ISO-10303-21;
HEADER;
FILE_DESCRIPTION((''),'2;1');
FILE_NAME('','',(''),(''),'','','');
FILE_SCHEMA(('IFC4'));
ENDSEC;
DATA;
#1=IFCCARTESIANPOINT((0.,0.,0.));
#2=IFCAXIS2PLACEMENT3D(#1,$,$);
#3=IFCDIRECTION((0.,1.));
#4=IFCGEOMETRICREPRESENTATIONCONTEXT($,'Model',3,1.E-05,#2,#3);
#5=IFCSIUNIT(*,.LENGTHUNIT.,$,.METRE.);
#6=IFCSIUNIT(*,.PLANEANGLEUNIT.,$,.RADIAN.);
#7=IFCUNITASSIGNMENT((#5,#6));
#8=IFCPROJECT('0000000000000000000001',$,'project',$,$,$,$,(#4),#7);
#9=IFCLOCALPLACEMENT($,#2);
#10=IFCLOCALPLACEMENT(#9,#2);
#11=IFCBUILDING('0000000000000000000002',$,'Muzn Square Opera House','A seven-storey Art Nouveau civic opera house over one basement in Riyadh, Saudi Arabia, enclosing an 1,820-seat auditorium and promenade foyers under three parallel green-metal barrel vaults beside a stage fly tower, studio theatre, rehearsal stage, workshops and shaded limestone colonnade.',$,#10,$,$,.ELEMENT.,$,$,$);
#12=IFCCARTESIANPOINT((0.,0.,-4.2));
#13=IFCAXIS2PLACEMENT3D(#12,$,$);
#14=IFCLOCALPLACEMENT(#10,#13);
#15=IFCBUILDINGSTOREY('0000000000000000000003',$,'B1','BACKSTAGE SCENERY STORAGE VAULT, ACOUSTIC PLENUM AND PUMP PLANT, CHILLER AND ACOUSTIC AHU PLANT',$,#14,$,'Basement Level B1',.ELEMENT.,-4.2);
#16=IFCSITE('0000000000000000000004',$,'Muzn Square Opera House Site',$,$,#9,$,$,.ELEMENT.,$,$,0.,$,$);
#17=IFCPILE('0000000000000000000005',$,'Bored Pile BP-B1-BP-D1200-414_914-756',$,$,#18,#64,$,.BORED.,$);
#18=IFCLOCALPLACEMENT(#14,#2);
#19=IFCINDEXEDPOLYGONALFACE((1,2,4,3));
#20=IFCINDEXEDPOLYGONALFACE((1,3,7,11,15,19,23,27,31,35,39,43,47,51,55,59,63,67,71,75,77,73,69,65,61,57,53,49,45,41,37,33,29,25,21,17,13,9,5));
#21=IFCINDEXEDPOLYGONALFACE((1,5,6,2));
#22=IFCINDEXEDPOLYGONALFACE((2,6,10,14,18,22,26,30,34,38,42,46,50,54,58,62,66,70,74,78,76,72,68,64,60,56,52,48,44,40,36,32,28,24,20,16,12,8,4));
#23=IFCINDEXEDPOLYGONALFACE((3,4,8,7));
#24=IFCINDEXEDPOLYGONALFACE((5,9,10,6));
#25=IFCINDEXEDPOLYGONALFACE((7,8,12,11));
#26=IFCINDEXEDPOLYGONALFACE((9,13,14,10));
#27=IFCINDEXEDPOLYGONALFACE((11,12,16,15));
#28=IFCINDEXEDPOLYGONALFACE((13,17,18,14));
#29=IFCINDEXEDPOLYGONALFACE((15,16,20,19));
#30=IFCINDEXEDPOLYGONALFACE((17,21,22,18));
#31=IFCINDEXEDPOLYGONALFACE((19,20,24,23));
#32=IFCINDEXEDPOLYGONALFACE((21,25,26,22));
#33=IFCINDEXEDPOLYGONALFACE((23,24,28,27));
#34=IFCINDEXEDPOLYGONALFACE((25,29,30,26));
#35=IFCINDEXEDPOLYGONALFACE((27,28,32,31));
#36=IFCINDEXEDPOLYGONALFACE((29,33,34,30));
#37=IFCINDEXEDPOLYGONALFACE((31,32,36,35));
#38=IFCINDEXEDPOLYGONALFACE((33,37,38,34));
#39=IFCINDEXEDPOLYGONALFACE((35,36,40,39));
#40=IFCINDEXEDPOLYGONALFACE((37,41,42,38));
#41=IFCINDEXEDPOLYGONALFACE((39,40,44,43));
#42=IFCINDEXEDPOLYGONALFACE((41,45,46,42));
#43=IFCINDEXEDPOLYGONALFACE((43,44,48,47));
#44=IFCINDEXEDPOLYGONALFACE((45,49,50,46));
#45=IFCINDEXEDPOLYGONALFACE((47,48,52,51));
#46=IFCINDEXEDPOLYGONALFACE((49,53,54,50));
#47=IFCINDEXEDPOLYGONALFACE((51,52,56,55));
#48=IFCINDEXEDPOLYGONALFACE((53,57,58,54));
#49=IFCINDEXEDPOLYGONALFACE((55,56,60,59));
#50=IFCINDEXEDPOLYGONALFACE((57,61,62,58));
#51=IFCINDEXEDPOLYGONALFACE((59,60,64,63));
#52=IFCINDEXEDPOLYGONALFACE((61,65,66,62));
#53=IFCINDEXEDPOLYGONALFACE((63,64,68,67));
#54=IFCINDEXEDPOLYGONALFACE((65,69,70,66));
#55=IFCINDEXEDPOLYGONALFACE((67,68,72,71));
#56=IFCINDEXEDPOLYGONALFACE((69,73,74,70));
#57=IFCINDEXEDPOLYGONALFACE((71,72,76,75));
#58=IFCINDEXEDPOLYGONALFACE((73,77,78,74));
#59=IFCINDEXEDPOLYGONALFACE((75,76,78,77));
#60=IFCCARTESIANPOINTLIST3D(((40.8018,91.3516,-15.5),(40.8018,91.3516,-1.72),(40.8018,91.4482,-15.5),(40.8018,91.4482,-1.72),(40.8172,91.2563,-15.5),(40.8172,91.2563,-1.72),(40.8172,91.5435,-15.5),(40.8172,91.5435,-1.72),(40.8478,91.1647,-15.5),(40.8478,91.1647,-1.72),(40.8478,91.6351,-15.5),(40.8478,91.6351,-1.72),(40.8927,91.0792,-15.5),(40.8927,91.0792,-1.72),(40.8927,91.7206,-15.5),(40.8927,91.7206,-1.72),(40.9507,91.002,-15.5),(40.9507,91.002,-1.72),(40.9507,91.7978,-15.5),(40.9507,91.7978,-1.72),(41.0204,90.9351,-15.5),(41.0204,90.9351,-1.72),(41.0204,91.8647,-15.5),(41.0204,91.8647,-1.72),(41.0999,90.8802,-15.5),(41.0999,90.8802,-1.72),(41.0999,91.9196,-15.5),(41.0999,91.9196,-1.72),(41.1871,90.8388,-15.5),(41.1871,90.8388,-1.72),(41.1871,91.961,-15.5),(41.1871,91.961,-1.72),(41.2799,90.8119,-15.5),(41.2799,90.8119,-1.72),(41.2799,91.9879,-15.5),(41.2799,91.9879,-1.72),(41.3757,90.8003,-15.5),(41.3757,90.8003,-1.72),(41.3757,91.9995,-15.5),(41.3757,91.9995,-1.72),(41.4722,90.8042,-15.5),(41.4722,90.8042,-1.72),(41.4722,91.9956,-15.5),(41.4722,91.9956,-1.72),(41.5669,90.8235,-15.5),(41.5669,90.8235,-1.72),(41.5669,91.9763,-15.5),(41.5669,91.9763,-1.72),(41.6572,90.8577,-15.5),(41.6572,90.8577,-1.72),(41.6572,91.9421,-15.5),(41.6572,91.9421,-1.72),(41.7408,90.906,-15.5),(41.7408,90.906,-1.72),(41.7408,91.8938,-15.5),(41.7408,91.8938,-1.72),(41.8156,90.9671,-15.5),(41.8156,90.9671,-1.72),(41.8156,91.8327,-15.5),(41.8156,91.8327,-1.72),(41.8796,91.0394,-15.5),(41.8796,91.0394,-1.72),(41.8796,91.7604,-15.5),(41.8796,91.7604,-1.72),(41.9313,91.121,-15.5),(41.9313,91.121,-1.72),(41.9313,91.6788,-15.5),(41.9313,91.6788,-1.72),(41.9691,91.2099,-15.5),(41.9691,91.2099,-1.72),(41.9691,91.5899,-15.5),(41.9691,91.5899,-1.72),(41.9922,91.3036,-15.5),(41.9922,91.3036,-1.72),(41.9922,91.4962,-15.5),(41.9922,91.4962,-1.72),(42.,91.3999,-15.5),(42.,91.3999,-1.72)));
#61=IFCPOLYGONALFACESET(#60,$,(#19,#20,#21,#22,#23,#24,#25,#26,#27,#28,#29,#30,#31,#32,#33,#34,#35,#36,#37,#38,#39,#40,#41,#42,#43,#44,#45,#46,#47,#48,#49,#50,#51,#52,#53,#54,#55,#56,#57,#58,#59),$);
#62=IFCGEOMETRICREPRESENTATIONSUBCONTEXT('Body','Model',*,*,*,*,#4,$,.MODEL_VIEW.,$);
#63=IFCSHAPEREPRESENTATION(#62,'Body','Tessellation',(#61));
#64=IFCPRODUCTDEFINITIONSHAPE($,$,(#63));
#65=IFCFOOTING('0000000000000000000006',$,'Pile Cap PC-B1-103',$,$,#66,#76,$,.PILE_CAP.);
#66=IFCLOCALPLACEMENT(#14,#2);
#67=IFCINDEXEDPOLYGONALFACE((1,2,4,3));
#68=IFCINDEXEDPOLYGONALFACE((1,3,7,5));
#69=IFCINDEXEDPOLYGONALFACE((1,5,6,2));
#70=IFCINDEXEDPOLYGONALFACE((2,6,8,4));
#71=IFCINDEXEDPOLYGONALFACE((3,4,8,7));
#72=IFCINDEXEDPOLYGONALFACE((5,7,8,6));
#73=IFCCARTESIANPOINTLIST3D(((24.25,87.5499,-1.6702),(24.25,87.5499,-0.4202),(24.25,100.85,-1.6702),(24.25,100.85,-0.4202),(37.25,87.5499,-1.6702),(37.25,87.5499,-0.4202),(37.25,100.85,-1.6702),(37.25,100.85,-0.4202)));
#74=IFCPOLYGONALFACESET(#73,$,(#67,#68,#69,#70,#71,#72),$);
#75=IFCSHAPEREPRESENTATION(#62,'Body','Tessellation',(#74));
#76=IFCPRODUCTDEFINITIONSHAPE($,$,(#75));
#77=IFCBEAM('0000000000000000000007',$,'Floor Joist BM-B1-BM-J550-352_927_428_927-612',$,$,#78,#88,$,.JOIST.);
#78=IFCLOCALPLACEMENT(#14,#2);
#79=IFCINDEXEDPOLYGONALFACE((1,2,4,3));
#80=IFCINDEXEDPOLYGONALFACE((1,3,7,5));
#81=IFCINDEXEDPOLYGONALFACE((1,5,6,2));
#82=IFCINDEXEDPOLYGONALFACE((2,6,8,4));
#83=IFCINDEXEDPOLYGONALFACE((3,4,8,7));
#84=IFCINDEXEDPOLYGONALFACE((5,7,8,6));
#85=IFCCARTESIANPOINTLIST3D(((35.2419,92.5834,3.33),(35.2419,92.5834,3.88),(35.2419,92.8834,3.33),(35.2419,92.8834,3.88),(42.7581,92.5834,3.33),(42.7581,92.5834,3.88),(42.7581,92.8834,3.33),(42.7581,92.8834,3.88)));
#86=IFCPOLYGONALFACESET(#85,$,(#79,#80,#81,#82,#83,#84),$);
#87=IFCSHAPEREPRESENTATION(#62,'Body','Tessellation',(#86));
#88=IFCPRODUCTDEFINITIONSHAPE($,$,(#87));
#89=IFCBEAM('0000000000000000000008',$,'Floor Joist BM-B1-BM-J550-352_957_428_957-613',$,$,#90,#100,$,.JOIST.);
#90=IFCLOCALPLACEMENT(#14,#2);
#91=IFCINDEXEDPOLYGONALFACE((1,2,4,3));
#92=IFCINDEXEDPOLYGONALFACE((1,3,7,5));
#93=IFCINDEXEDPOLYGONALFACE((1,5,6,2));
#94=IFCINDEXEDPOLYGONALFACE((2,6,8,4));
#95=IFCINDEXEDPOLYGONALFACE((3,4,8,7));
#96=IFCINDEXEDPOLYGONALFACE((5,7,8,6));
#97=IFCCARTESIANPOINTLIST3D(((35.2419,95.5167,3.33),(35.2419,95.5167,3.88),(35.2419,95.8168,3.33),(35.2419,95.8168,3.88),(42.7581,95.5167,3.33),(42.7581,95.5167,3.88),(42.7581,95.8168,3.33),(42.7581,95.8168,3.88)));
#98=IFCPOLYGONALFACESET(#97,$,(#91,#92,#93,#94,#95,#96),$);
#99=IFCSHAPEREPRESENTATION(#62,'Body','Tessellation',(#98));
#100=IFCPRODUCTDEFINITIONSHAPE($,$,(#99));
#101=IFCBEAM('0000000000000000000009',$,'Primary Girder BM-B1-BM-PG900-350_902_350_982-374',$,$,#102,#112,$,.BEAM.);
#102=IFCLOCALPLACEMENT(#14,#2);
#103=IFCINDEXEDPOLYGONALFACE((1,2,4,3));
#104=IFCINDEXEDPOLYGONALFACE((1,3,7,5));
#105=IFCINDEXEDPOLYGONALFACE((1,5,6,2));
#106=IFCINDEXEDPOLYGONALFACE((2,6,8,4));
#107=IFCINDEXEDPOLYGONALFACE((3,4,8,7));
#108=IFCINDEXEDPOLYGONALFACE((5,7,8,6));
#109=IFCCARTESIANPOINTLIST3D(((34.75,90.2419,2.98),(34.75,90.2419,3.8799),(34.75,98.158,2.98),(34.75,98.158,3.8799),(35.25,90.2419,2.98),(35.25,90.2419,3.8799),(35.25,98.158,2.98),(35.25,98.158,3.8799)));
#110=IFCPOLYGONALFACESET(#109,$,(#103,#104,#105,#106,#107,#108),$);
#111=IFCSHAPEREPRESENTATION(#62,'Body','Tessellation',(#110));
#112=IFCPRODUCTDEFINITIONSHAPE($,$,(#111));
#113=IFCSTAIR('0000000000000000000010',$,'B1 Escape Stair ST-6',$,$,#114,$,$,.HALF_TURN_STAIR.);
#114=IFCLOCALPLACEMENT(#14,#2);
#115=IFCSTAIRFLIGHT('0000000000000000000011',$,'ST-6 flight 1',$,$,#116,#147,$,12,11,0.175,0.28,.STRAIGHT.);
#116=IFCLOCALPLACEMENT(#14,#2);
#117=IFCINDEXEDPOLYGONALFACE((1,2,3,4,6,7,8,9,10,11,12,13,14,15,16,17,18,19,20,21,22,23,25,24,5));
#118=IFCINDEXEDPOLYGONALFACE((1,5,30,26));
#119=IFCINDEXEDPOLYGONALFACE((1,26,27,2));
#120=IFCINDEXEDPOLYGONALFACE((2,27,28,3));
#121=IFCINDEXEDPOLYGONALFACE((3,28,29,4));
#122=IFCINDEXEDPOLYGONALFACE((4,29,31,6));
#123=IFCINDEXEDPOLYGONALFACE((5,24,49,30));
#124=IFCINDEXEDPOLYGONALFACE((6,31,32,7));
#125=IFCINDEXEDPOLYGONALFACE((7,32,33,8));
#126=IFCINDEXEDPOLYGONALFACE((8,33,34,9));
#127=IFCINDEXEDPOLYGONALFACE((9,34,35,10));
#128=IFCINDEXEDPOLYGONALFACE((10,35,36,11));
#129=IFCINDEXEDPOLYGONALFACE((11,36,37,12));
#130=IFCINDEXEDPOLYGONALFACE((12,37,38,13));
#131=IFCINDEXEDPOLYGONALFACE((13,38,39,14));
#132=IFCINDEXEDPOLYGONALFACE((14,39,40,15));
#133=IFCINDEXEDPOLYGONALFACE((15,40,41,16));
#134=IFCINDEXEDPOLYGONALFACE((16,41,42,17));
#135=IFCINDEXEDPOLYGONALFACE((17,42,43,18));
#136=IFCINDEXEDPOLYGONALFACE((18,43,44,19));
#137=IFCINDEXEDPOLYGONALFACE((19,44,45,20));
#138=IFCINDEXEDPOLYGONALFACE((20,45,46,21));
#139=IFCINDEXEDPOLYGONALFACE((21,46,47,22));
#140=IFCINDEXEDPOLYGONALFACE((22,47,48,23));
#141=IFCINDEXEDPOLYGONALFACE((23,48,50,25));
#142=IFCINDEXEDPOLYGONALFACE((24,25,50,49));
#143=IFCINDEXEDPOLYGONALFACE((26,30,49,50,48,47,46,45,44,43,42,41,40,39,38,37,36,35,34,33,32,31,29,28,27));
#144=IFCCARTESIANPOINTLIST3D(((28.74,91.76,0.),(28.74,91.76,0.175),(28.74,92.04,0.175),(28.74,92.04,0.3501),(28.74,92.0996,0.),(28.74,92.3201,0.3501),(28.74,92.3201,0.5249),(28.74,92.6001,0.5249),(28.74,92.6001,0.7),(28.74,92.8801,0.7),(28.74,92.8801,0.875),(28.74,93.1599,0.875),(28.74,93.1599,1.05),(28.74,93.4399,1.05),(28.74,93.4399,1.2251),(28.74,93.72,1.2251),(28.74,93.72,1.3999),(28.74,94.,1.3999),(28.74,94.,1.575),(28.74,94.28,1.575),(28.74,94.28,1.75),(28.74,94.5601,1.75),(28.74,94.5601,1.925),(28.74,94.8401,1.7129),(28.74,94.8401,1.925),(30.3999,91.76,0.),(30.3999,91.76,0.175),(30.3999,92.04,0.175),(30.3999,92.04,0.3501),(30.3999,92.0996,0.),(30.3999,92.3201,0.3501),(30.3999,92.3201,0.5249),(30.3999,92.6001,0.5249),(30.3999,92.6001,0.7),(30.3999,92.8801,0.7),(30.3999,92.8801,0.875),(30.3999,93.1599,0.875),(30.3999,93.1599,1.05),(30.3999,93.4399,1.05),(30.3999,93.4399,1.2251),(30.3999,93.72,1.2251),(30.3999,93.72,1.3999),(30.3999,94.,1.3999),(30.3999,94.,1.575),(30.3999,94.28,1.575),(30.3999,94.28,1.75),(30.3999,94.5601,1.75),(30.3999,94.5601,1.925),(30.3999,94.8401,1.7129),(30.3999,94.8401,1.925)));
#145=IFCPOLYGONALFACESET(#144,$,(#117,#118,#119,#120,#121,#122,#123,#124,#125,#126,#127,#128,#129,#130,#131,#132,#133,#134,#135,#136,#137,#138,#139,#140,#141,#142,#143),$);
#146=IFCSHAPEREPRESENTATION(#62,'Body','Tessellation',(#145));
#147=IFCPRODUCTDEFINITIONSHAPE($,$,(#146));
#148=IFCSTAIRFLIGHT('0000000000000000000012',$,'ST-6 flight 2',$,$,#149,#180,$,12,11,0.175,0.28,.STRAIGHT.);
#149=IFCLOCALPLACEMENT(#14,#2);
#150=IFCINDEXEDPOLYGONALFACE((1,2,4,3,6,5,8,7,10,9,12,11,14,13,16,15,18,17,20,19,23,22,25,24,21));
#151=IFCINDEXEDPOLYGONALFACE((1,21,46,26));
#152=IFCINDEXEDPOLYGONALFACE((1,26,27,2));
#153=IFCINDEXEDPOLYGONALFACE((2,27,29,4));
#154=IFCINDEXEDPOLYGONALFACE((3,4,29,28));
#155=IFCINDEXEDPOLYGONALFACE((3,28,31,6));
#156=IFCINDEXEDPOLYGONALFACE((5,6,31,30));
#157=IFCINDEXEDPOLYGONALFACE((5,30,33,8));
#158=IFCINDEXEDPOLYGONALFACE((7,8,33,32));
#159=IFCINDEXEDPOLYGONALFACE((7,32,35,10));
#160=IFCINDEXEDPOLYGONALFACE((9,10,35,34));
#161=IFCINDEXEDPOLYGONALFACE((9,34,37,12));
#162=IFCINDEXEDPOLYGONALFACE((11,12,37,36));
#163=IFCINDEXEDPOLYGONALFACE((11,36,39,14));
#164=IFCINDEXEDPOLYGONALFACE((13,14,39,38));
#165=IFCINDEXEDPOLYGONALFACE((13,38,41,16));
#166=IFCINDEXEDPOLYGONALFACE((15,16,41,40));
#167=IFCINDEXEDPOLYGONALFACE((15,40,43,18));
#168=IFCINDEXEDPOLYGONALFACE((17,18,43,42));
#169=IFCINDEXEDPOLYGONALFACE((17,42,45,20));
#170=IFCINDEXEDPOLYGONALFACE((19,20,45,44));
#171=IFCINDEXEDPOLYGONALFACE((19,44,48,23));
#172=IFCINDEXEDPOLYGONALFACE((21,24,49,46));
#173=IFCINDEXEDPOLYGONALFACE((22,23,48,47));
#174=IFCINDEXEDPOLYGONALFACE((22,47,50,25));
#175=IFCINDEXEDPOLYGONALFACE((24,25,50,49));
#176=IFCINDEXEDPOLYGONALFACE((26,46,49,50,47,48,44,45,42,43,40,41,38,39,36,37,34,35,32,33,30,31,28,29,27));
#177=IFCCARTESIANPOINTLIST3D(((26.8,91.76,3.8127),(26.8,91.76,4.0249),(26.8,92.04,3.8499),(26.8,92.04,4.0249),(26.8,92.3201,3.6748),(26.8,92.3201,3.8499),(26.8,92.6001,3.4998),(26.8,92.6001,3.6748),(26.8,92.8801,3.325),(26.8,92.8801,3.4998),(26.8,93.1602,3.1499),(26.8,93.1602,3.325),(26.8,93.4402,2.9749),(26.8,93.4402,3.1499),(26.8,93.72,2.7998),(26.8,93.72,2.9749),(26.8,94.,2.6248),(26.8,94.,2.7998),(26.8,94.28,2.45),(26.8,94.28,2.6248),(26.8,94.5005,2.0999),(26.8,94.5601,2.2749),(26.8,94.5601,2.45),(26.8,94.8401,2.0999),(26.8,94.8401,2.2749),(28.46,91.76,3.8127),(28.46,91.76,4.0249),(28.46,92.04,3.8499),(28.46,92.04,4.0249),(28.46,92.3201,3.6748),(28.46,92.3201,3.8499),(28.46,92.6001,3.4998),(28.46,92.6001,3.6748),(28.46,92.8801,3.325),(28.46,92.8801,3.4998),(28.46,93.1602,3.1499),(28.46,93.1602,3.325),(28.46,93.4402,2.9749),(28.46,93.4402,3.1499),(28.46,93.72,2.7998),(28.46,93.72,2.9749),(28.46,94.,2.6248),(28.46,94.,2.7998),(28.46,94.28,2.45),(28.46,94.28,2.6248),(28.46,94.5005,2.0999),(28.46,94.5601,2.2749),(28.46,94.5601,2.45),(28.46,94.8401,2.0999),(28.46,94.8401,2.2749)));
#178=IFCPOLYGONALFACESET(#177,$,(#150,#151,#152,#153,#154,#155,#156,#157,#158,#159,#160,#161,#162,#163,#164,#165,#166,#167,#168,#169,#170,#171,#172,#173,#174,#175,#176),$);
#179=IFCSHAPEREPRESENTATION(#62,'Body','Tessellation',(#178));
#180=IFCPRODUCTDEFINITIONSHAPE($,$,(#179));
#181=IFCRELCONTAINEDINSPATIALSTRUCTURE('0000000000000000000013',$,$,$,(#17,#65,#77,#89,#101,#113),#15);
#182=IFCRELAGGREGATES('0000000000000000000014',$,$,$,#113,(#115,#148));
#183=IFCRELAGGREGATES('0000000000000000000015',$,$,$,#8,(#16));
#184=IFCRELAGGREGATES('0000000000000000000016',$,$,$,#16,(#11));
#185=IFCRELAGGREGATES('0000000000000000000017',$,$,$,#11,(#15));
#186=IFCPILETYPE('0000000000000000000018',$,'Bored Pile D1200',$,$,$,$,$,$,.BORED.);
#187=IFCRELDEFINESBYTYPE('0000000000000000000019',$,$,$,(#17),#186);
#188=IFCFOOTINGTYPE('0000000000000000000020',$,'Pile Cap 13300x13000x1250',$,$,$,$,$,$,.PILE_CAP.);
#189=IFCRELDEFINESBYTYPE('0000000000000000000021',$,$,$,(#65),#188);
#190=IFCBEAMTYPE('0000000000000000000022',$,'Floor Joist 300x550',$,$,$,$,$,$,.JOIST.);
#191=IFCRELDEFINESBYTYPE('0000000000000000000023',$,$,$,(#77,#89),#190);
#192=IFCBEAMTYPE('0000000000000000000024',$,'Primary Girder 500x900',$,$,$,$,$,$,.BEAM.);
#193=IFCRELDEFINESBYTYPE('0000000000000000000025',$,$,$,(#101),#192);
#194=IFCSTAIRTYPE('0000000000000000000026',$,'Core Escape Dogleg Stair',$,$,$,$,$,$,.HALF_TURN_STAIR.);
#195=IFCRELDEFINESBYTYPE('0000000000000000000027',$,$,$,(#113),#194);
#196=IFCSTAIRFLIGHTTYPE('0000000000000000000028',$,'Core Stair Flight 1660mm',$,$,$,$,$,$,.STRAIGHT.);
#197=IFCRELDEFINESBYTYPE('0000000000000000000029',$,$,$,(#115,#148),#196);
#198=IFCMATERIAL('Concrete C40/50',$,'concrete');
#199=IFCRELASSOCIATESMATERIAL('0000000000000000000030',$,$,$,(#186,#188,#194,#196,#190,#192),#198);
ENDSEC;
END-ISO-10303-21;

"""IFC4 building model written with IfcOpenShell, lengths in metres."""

from ifc_helpers import new_model, si_unit, direction, frame, origin, origin_2d, place, context, subcontext, project, spatial, polyline, rectangle, circle, outline, extrude, material, material_profile, profile_set, type_object, element, aggregate, save


model = new_model("IFC4")

# Units and contexts
model_context = context("Model", 3, precision=1e-05, world=origin(), true_north=direction((0.0, 1.0)))
body_context = subcontext(model_context, "Body", "Model", "MODEL_VIEW")
ifc_project = project(units=[si_unit("LENGTHUNIT", "METRE"), si_unit("PLANEANGLEUNIT", "RADIAN")], contexts=[model_context])

# Site, building, storey
site_placement = place(None, origin())
site = spatial("IfcSite", under=ifc_project, at=site_placement, Name="Muzn Square Opera House Site", CompositionType="ELEMENT", RefElevation=0.0)
building_placement = place(site_placement, origin())
building = spatial("IfcBuilding", under=site, at=building_placement, Name="Muzn Square Opera House", Description="A seven-storey Art Nouveau civic opera house over one basement in Riyadh, Saudi Arabia, enclosing an 1,820-seat auditorium and promenade foyers under three parallel green-metal barrel vaults beside a stage fly tower, studio theatre, rehearsal stage, workshops and shaded limestone colonnade.", CompositionType="ELEMENT")
storey_placement = place(building_placement, frame((0.0, 0.0, -4.2)))
storey = spatial("IfcBuildingStorey", under=building, at=storey_placement, Name="B1", Description="BACKSTAGE SCENERY STORAGE VAULT, ACOUSTIC PLENUM AND PUMP PLANT, CHILLER AND ACOUSTIC AHU PLANT", LongName="Basement Level B1", CompositionType="ELEMENT", Elevation=-4.2)

# Pile
ifc_material_1 = material(Name="Concrete C40/50", Category="concrete")
ifc_material_profile_1 = material_profile(ifc_material_1, circle(Radius=0.6001, at=origin_2d()), Name="BORED PILE D1200", Category="concrete")
ifc_profile_set_1 = profile_set([ifc_material_profile_1], Name="Concrete C40/50")
pile_type_1 = type_object("IfcPileType", Name="Bored Pile D1200", PredefinedType="BORED", material=ifc_profile_set_1)
pile_placement = place(storey_placement, frame((41.3999, 91.3999, -1.72), z_axis=(0.0, 0.0, -1.0), x_axis=(1.0, 0.0, 0.0)))
element("IfcPile", 1, at=pile_placement, inside=storey, type_object=pile_type_1, Name="Bored Pile BP-B1-BP-D1200-414_914-756", PredefinedType="BORED", context=body_context, shape_type="SweptSolid", body=[
    extrude(circle(Radius=0.6001, at=origin_2d()), origin(), (0.0, 0.0, 1.0), 13.78),
])

# Footing
footing_type = type_object("IfcFootingType", Name="Pile Cap 13300x13000x1250", PredefinedType="PILE_CAP", material=ifc_material_1)
footing_placement = place(storey_placement, frame((30.75, 94.2, -1.6702), z_axis=(0.0, 0.0, 1.0), x_axis=(1.0, 0.0, 0.0)))
element("IfcFooting", 2, at=footing_placement, inside=storey, type_object=footing_type, Name="Pile Cap PC-B1-103", PredefinedType="PILE_CAP", context=body_context, shape_type="SweptSolid", body=[
    extrude(rectangle(XDim=13.0, YDim=13.3, at=origin_2d()), origin(), (0.0, 0.0, 1.0), 1.25),
])

# Beams
ifc_material_profile_2 = material_profile(ifc_material_1, rectangle(XDim=0.3, YDim=0.55, at=origin_2d()), Name="RCJ 300x550", Category="concrete")
ifc_profile_set_2 = profile_set([ifc_material_profile_2], Name="Concrete C40/50")
beam_type_1 = type_object("IfcBeamType", Name="Floor Joist 300x550", PredefinedType="JOIST", material=ifc_profile_set_2)
for number, where, z_axis, x_axis, name in (
    (3, (35.2419, 92.7334, 3.605), (1.0, 0.0, 0.0), (0.0, 1.0, 0.0), "Floor Joist BM-B1-BM-J550-352_927_428_927-612"),
    (4, (35.2419, 95.6667, 3.605), (1.0, 0.0, 0.0), (0.0, 1.0, 0.0), "Floor Joist BM-B1-BM-J550-352_957_428_957-613"),
):
    element("IfcBeam", number, at=place(storey_placement, frame(where, z_axis=z_axis, x_axis=x_axis)), inside=storey, type_object=beam_type_1, Name=name, PredefinedType="JOIST", context=body_context, shape_type="SweptSolid", body=[
        extrude(rectangle(XDim=0.3, YDim=0.55, at=origin_2d()), origin(), (0.0, 0.0, 1.0), 7.5161),
    ])
ifc_material_profile_3 = material_profile(ifc_material_1, rectangle(XDim=0.5, YDim=0.8999, at=origin_2d()), Name="RCB 500x900", Category="concrete")
ifc_profile_set_3 = profile_set([ifc_material_profile_3], Name="Concrete C40/50")
beam_type_2 = type_object("IfcBeamType", Name="Primary Girder 500x900", PredefinedType="BEAM", material=ifc_profile_set_3)
beam_placement = place(storey_placement, frame((35.0, 90.2419, 3.4299), z_axis=(0.0, 1.0, 0.0), x_axis=(-1.0, 0.0, 0.0)))
element("IfcBeam", 5, at=beam_placement, inside=storey, type_object=beam_type_2, Name="Primary Girder BM-B1-BM-PG900-350_902_350_982-374", PredefinedType="BEAM", context=body_context, shape_type="SweptSolid", body=[
    extrude(rectangle(XDim=0.5, YDim=0.8999, at=origin_2d()), origin(), (0.0, 0.0, 1.0), 7.916),
])

# Stair, stair flights
stair_type = type_object("IfcStairType", Name="Core Escape Dogleg Stair", PredefinedType="HALF_TURN_STAIR", material=ifc_material_1)
stair_placement = place(storey_placement, origin())
stair = element("IfcStair", 6, at=stair_placement, inside=storey, type_object=stair_type, Name="B1 Escape Stair ST-6", PredefinedType="HALF_TURN_STAIR")
stair_flight_type = type_object("IfcStairFlightType", Name="Core Stair Flight 1660mm", PredefinedType="STRAIGHT", material=ifc_material_1)
stair_flight_1_placement = place(storey_placement, frame((29.5701, 91.76, 0.0), z_axis=(0.0, 0.0, 1.0), x_axis=(0.0, 1.0, 0.0)))
stair_flight_1 = element("IfcStairFlight", 7, at=stair_flight_1_placement, type_object=stair_flight_type, Name="ST-6 flight 1", NumberOfRisers=12, NumberOfTreads=11, PredefinedType="STRAIGHT", RiserHeight=0.175, TreadLength=0.28, context=body_context, shape_type="SweptSolid", body=[
    extrude(outline(polyline([(0.0, 0.0), (0.0, 0.175), (0.28, 0.175), (0.28, 0.3501), (0.5601, 0.3501), (0.5601, 0.5249), (0.8401, 0.5249), (0.8401, 0.7), (1.1201, 0.7), (1.1201, 0.875), (1.3999, 0.875), (1.3999, 1.05), (1.6799, 1.05), (1.6799, 1.2251), (1.96, 1.2251), (1.96, 1.3999), (2.24, 1.3999), (2.24, 1.575), (2.52, 1.575), (2.52, 1.75), (2.8, 1.75), (2.8, 1.925), (3.0801, 1.925), (3.0801, 2.1001), (3.0801, 1.7129), (0.3396, 0.0), (0.0, 0.0)])), frame((0.0, 0.8301, 0.0), z_axis=(0.0, -1.0, 0.0), x_axis=(1.0, 0.0, 0.0)), (0.0, 0.0, 1.0), 1.6599),
])
stair_flight_2_placement = place(storey_placement, frame((27.6299, 94.8401, 2.0999), z_axis=(0.0, 0.0, 1.0), x_axis=(0.0, -1.0, 0.0)))
stair_flight_2 = element("IfcStairFlight", 8, at=stair_flight_2_placement, type_object=stair_flight_type, Name="ST-6 flight 2", NumberOfRisers=12, NumberOfTreads=11, PredefinedType="STRAIGHT", RiserHeight=0.175, TreadLength=0.28, context=body_context, shape_type="SweptSolid", body=[
    extrude(outline(polyline([(0.0, 0.0), (0.0, 0.175), (0.28, 0.175), (0.28, 0.3501), (0.5601, 0.3501), (0.5601, 0.5249), (0.8401, 0.5249), (0.8401, 0.7), (1.1201, 0.7), (1.1201, 0.875), (1.3999, 0.875), (1.3999, 1.05), (1.6799, 1.05), (1.6799, 1.2251), (1.96, 1.2251), (1.96, 1.3999), (2.24, 1.3999), (2.24, 1.575), (2.52, 1.575), (2.52, 1.75), (2.8, 1.75), (2.8, 1.925), (3.0801, 1.925), (3.0801, 2.1001), (3.0801, 1.7129), (0.3396, 0.0), (0.0, 0.0)])), frame((0.0, 0.8301, 0.0), z_axis=(0.0, -1.0, 0.0), x_axis=(1.0, 0.0, 0.0)), (0.0, 0.0, 1.0), 1.6599),
])
aggregate(stair, [stair_flight_1, stair_flight_2])

save(model, "model.ifc")
